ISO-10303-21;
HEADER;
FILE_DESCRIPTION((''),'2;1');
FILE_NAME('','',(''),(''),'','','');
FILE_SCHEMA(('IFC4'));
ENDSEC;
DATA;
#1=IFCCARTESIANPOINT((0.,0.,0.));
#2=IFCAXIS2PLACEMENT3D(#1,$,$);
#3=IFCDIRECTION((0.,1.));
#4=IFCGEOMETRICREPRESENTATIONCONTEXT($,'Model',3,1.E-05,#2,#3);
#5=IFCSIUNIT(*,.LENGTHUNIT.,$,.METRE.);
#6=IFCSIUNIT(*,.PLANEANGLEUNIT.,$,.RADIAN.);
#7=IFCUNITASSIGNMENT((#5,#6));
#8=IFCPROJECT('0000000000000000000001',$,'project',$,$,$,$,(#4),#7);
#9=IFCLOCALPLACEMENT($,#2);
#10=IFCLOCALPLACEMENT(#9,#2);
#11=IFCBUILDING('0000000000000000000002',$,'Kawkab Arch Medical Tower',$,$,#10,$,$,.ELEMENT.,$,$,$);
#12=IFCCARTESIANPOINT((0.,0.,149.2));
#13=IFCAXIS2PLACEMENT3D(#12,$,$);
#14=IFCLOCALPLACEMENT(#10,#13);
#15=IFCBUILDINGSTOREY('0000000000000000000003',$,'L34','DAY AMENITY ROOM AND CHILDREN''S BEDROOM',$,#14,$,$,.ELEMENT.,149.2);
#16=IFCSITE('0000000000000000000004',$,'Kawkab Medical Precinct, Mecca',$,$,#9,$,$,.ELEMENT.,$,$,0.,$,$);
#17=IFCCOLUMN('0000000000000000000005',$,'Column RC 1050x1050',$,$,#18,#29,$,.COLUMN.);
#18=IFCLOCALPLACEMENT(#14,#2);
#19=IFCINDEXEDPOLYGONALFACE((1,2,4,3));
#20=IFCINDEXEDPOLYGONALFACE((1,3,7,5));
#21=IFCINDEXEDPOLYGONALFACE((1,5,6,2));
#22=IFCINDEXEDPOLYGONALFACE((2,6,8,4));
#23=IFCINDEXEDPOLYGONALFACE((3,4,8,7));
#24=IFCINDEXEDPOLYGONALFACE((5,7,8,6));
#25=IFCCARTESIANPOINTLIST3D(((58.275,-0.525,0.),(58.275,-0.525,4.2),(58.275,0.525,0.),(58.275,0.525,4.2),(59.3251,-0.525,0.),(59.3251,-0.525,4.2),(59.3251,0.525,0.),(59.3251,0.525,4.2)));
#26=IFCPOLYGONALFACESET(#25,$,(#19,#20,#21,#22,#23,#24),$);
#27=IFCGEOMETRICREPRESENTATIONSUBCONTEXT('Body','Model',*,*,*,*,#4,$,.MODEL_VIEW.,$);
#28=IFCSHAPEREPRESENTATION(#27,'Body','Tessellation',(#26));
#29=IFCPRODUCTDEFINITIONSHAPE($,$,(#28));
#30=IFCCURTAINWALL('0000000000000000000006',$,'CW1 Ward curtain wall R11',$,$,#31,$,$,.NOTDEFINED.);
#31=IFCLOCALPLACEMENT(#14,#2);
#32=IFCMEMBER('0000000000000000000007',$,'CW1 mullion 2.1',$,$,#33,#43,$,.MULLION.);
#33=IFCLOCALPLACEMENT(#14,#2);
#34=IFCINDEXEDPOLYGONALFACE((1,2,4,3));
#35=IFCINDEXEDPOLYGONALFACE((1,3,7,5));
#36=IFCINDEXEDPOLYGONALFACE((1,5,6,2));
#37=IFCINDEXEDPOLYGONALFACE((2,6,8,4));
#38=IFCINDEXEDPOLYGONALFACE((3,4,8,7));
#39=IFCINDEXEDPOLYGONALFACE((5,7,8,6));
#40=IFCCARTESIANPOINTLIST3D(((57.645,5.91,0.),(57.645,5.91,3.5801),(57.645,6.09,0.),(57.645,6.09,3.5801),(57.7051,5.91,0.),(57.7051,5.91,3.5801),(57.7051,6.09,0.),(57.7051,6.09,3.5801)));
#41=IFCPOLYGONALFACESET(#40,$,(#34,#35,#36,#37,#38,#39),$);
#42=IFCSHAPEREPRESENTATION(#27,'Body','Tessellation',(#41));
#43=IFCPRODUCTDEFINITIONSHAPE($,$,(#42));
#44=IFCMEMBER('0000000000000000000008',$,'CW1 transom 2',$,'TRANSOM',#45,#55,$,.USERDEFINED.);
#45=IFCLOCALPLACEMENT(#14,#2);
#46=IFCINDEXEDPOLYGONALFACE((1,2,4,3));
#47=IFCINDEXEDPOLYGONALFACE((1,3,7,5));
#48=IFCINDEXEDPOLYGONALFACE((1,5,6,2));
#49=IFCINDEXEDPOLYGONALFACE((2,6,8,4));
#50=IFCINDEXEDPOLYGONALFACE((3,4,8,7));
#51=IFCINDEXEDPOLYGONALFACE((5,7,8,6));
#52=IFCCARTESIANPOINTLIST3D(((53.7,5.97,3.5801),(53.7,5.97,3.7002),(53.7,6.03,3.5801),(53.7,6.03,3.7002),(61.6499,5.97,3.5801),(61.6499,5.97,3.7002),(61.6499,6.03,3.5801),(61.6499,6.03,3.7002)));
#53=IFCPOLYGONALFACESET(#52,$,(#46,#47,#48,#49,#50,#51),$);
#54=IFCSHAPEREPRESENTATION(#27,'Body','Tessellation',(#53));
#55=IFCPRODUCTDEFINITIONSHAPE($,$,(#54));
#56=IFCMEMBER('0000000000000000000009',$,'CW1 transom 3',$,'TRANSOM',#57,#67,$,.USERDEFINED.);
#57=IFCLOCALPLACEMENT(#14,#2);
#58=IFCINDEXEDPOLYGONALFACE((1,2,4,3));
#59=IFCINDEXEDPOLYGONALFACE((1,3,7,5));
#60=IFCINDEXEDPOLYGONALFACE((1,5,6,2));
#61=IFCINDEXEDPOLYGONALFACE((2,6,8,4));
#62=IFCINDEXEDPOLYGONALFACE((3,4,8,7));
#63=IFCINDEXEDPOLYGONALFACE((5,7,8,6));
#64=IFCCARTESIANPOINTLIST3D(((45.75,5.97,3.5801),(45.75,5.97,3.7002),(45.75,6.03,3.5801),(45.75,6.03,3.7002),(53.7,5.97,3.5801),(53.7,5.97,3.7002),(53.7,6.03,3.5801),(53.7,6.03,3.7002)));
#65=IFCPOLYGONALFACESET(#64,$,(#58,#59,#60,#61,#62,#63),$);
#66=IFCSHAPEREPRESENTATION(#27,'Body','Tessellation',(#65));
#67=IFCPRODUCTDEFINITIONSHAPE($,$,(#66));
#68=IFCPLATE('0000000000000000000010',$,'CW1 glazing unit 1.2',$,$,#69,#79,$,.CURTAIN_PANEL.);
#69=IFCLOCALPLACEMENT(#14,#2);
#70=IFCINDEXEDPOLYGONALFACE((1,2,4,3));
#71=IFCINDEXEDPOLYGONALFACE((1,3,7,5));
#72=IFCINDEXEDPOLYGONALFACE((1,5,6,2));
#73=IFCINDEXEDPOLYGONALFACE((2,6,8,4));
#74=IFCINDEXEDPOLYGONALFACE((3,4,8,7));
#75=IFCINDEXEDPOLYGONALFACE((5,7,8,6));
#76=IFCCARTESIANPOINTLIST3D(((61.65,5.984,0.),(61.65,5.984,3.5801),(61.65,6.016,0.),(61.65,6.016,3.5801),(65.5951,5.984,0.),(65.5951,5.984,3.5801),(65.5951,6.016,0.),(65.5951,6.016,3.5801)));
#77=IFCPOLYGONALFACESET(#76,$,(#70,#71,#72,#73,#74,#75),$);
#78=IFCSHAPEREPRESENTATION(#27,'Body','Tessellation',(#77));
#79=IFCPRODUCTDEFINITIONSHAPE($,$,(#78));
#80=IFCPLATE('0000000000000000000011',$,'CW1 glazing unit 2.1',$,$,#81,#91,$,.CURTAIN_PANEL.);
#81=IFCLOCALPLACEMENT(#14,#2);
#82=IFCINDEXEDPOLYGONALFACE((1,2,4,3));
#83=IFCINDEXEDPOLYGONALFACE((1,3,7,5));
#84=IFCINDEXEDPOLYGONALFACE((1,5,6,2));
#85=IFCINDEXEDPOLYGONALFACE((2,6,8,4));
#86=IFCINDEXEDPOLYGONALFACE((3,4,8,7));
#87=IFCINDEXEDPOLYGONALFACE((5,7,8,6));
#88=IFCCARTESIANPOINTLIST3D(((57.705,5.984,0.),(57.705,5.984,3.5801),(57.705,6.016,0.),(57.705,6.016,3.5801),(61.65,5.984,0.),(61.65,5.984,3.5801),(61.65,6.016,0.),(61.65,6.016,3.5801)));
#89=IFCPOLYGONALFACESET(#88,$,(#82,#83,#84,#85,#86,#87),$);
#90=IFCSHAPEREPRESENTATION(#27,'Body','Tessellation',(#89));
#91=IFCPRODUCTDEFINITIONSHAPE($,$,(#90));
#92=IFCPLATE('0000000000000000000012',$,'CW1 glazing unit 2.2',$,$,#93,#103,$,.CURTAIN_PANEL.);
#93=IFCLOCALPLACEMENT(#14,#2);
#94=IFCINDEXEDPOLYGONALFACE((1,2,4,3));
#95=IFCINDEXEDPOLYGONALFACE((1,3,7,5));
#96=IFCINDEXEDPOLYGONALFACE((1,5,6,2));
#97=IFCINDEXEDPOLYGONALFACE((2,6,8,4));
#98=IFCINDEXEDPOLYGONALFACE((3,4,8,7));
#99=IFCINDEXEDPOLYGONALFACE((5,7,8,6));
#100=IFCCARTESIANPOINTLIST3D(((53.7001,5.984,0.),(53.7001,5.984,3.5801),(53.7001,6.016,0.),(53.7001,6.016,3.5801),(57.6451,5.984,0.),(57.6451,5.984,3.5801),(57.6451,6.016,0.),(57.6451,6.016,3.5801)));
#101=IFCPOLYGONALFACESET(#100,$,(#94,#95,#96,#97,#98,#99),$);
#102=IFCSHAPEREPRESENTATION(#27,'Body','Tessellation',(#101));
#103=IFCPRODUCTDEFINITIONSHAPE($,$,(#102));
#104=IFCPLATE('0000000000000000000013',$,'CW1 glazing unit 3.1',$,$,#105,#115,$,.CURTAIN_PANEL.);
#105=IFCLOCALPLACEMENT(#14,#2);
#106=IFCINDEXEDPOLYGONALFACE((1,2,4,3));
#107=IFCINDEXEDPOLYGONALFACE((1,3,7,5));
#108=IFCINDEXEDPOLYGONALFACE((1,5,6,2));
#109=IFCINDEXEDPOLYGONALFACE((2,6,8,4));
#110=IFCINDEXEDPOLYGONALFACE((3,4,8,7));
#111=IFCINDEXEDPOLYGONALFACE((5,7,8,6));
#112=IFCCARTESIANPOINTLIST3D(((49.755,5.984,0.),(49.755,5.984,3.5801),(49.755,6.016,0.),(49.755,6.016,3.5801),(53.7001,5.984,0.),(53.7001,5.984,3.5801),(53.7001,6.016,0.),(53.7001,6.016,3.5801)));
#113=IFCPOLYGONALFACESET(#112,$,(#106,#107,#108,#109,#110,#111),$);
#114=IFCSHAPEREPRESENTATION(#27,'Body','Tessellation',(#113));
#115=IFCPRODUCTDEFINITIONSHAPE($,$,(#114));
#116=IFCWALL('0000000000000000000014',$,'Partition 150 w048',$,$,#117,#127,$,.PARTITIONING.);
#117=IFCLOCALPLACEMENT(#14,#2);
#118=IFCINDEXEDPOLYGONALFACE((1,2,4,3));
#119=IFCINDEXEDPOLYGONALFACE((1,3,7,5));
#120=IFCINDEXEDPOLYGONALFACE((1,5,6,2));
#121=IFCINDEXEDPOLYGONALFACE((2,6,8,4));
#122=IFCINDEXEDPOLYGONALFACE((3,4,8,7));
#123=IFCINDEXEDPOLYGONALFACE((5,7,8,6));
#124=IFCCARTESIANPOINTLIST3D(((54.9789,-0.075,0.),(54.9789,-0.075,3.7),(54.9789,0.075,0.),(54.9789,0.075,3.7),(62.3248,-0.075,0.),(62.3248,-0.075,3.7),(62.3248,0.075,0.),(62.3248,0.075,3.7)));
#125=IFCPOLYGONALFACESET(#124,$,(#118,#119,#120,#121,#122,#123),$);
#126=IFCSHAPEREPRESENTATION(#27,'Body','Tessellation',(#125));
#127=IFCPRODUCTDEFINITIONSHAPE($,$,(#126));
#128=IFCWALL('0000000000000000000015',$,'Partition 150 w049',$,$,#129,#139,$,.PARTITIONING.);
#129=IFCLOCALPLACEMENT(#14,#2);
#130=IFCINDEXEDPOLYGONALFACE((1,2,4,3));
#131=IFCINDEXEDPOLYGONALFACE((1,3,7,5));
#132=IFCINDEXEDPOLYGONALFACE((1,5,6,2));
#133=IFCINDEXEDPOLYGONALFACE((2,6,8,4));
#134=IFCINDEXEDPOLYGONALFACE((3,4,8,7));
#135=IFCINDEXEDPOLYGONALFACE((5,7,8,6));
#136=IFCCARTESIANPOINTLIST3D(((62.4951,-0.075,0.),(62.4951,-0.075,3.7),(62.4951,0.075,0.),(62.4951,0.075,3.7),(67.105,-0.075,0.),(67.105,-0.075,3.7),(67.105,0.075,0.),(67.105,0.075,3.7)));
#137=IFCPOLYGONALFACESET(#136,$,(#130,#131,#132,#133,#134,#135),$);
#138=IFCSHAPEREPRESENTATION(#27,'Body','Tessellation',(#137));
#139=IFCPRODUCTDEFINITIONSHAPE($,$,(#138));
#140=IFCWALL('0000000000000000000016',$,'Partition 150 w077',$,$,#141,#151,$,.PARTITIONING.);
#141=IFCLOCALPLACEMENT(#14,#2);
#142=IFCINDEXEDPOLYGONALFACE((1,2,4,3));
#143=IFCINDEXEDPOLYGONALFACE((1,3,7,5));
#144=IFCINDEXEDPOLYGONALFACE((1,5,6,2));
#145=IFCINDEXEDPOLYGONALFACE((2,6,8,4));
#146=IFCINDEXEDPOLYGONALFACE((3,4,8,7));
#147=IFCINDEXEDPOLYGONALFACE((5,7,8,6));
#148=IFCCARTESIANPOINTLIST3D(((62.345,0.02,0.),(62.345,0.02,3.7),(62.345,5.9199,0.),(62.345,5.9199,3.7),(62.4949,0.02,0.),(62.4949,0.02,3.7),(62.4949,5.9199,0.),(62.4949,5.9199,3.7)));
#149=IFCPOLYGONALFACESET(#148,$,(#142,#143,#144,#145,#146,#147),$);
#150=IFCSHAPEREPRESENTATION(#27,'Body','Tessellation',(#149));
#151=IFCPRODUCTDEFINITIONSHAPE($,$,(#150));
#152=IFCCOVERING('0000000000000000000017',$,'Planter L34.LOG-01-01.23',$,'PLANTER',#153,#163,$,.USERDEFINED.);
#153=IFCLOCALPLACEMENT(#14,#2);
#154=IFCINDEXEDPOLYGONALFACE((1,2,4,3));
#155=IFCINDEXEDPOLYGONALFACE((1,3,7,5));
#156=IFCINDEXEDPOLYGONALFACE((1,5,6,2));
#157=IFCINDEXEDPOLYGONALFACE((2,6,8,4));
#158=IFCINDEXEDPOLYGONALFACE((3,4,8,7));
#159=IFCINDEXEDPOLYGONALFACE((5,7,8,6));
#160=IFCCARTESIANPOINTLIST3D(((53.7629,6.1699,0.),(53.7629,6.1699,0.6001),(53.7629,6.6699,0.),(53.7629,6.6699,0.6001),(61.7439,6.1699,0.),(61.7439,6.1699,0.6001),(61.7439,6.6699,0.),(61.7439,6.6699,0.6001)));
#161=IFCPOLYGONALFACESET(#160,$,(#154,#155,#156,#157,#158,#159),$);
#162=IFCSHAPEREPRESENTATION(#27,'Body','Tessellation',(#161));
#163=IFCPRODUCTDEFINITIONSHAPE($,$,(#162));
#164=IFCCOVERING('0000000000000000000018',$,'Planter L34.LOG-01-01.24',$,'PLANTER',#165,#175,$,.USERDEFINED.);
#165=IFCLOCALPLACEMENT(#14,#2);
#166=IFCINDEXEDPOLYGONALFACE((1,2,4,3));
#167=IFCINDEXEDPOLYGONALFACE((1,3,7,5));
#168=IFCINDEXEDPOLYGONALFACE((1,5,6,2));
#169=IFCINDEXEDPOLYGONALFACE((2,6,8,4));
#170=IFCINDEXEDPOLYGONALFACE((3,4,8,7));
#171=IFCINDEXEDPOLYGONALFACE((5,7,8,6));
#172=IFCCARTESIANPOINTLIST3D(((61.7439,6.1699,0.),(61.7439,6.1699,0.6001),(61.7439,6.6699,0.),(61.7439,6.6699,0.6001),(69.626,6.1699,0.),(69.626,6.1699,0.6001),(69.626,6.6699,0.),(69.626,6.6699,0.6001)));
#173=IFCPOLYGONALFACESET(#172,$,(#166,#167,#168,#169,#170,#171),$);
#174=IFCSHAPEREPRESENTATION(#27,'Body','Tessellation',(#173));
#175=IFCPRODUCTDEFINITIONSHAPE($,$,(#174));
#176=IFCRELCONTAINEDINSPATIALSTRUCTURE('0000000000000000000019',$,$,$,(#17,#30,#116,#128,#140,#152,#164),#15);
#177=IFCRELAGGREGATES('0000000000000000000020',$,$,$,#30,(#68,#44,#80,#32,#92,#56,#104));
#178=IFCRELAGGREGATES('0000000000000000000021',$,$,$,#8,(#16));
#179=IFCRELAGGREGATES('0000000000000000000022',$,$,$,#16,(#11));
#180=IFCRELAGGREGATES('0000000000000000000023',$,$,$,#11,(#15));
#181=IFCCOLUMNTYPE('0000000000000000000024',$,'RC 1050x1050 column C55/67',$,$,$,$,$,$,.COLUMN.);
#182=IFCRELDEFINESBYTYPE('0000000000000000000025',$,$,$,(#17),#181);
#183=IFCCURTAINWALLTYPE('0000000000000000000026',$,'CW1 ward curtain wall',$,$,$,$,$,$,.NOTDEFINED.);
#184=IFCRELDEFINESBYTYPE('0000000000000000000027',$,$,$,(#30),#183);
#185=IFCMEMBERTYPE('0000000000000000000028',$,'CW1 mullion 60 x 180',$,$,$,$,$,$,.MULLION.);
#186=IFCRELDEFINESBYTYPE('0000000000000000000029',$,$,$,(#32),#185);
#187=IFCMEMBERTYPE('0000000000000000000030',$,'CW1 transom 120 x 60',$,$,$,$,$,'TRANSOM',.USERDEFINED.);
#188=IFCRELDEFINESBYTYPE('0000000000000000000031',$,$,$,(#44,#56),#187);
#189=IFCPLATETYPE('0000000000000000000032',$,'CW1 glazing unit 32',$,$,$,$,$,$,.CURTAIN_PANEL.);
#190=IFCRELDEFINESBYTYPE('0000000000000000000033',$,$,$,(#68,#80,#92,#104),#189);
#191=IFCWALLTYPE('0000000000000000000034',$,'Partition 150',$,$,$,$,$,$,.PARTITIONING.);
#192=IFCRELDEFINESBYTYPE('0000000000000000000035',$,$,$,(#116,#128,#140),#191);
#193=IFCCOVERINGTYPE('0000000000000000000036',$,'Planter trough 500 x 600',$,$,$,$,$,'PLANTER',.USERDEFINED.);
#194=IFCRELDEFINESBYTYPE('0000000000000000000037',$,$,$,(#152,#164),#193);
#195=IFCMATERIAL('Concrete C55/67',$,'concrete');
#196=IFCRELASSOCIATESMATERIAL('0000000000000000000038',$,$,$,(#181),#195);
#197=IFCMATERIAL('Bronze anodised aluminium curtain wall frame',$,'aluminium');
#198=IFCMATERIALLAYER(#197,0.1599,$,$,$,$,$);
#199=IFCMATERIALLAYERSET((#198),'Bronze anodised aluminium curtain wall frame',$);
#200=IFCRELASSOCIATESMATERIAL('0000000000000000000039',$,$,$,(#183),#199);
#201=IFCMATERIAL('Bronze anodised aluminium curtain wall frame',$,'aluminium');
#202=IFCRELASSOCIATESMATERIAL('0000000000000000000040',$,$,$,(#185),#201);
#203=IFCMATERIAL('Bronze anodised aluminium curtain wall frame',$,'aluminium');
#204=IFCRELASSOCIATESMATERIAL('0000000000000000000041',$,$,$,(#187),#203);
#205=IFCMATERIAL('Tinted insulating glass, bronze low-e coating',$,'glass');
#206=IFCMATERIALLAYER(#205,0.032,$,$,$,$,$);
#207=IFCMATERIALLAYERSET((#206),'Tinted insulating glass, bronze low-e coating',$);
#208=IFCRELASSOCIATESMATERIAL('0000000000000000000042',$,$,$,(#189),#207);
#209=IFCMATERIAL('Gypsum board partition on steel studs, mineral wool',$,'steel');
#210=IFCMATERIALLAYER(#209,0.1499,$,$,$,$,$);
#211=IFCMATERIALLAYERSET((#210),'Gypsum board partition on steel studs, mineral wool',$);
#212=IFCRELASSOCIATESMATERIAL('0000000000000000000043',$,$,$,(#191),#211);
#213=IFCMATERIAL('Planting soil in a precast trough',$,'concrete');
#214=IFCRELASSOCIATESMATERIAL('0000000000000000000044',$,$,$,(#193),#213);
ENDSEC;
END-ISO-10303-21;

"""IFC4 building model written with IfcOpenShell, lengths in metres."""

from ifc_helpers import new_model, si_unit, direction, frame, frame_2d, origin, origin_2d, place, context, subcontext, project, spatial, rectangle, extrude, material, layer, layer_set, material_profile, profile_set, type_object, element, aggregate, save


model = new_model("IFC4")

# Units and contexts
model_context = context("Model", 3, precision=1e-05, world=origin(), true_north=direction((0.0, 1.0)))
body_context = subcontext(model_context, "Body", "Model", "MODEL_VIEW")
ifc_project = project(units=[si_unit("LENGTHUNIT", "METRE"), si_unit("PLANEANGLEUNIT", "RADIAN")], contexts=[model_context])

# Site, building, storey
site_placement = place(None, origin())
site = spatial("IfcSite", under=ifc_project, at=site_placement, Name="Kawkab Medical Precinct, Mecca", CompositionType="ELEMENT", RefElevation=0.0)
building_placement = place(site_placement, origin())
building = spatial("IfcBuilding", under=site, at=building_placement, Name="Kawkab Arch Medical Tower", CompositionType="ELEMENT")
storey_placement = place(building_placement, frame((0.0, 0.0, 149.2)))
storey = spatial("IfcBuildingStorey", under=building, at=storey_placement, Name="L34", Description="DAY AMENITY ROOM AND CHILDREN'S BEDROOM", CompositionType="ELEMENT", Elevation=149.2)

# Column
ifc_material_1 = material(Name="Concrete C55/67", Category="concrete")
ifc_material_profile_1 = material_profile(ifc_material_1, rectangle(XDim=1.05, YDim=1.05, at=origin_2d()), Name="RC 1050x1050")
ifc_profile_set_1 = profile_set([ifc_material_profile_1], Name="Concrete C55/67")
column_type = type_object("IfcColumnType", Name="RC 1050x1050 column C55/67", PredefinedType="COLUMN", material=ifc_profile_set_1)
column_placement = place(storey_placement, frame((58.8, 0.0, 0.0), z_axis=(0.0, 0.0, 1.0), x_axis=(1.0, 0.0, 0.0)))
element("IfcColumn", 1, at=column_placement, inside=storey, type_object=column_type, Name="Column RC 1050x1050", PredefinedType="COLUMN", context=body_context, shape_type="SweptSolid", body=[
    extrude(rectangle(XDim=1.05, YDim=1.05, at=origin_2d()), origin(), (0.0, 0.0, 1.0), 4.2),
])

# Curtain wall, members, plates
ifc_material_2 = material(Name="Bronze anodised aluminium curtain wall frame", Category="aluminium")
ifc_layer_1 = layer(ifc_material_2, 0.1599)
ifc_layer_set_1 = layer_set([ifc_layer_1], Name="Bronze anodised aluminium curtain wall frame")
curtain_wall_type = type_object("IfcCurtainWallType", Name="CW1 ward curtain wall", PredefinedType="NOTDEFINED", material=ifc_layer_set_1)
curtain_wall_placement = place(storey_placement, origin())
curtain_wall = element("IfcCurtainWall", 2, at=curtain_wall_placement, inside=storey, type_object=curtain_wall_type, Name="CW1 Ward curtain wall R11", PredefinedType="NOTDEFINED")
ifc_material_3 = material(Name="Bronze anodised aluminium curtain wall frame", Category="aluminium")
ifc_material_profile_2 = material_profile(ifc_material_3, rectangle(XDim=0.1799, YDim=0.0601, at=origin_2d()), Name="AL 60x180")
ifc_profile_set_2 = profile_set([ifc_material_profile_2], Name="Bronze anodised aluminium curtain wall frame")
member_type_1 = type_object("IfcMemberType", Name="CW1 mullion 60 x 180", PredefinedType="MULLION", material=ifc_profile_set_2)
member_1_placement = place(storey_placement, frame((57.675, 6.0, 0.0), z_axis=(0.0, 0.0, 1.0), x_axis=(0.0, -1.0, 0.0)))
member_1 = element("IfcMember", 3, at=member_1_placement, type_object=member_type_1, Name="CW1 mullion 2.1", PredefinedType="MULLION", context=body_context, shape_type="SweptSolid", body=[
    extrude(rectangle(XDim=0.1799, YDim=0.0601, at=origin_2d()), origin(), (0.0, 0.0, 1.0), 3.5801),
])
ifc_material_4 = material(Name="Bronze anodised aluminium curtain wall frame", Category="aluminium")
ifc_material_profile_3 = material_profile(ifc_material_4, rectangle(XDim=0.0601, YDim=0.1201, at=origin_2d()), Name="AL 60x120")
ifc_profile_set_3 = profile_set([ifc_material_profile_3], Name="Bronze anodised aluminium curtain wall frame")
member_type_2 = type_object("IfcMemberType", Name="CW1 transom 120 x 60", ElementType="TRANSOM", PredefinedType="USERDEFINED", material=ifc_profile_set_3)
member_2_placement = place(storey_placement, frame((61.6499, 6.0, 3.6401), z_axis=(-1.0, 0.0, 0.0), x_axis=(0.0, -1.0, 0.0)))
member_2 = element("IfcMember", 4, at=member_2_placement, type_object=member_type_2, Name="CW1 transom 2", ObjectType="TRANSOM", PredefinedType="USERDEFINED", context=body_context, shape_type="SweptSolid", body=[
    extrude(rectangle(XDim=0.0601, YDim=0.1201, at=origin_2d()), origin(), (0.0, 0.0, 1.0), 7.95),
])
member_3_placement = place(storey_placement, frame((53.7, 6.0, 3.6401), z_axis=(-1.0, 0.0, 0.0), x_axis=(0.0, -1.0, 0.0)))
member_3 = element("IfcMember", 5, at=member_3_placement, type_object=member_type_2, Name="CW1 transom 3", ObjectType="TRANSOM", PredefinedType="USERDEFINED", context=body_context, shape_type="SweptSolid", body=[
    extrude(rectangle(XDim=0.0601, YDim=0.1201, at=origin_2d()), origin(), (0.0, 0.0, 1.0), 7.95),
])
ifc_material_5 = material(Name="Tinted insulating glass, bronze low-e coating", Category="glass")
ifc_layer_2 = layer(ifc_material_5, 0.032)
ifc_layer_set_2 = layer_set([ifc_layer_2], Name="Tinted insulating glass, bronze low-e coating")
plate_type = type_object("IfcPlateType", Name="CW1 glazing unit 32", PredefinedType="CURTAIN_PANEL", material=ifc_layer_set_2)
plate_1_placement = place(storey_placement, frame((63.6226, 6.0, 0.0), z_axis=(0.0, 0.0, 1.0), x_axis=(-1.0, 0.0, 0.0)))
plate_1 = element("IfcPlate", 6, at=plate_1_placement, type_object=plate_type, Name="CW1 glazing unit 1.2", PredefinedType="CURTAIN_PANEL", context=body_context, shape_type="SweptSolid", body=[
    extrude(rectangle(XDim=3.9451, YDim=0.032, at=origin_2d()), origin(), (0.0, 0.0, 1.0), 3.5801),
])
plate_2_placement = place(storey_placement, frame((59.6775, 6.0, 0.0), z_axis=(0.0, 0.0, 1.0), x_axis=(-1.0, 0.0, 0.0)))
plate_2 = element("IfcPlate", 7, at=plate_2_placement, type_object=plate_type, Name="CW1 glazing unit 2.1", PredefinedType="CURTAIN_PANEL", context=body_context, shape_type="SweptSolid", body=[
    extrude(rectangle(XDim=3.9451, YDim=0.032, at=origin_2d()), origin(), (0.0, 0.0, 1.0), 3.5801),
])
plate_3_placement = place(storey_placement, frame((55.6726, 6.0, 0.0), z_axis=(0.0, 0.0, 1.0), x_axis=(-1.0, 0.0, 0.0)))
plate_3 = element("IfcPlate", 8, at=plate_3_placement, type_object=plate_type, Name="CW1 glazing unit 2.2", PredefinedType="CURTAIN_PANEL", context=body_context, shape_type="SweptSolid", body=[
    extrude(rectangle(XDim=3.9451, YDim=0.032, at=origin_2d()), origin(), (0.0, 0.0, 1.0), 3.5801),
])
plate_4_placement = place(storey_placement, frame((51.7275, 6.0, 0.0), z_axis=(0.0, 0.0, 1.0), x_axis=(-1.0, 0.0, 0.0)))
plate_4 = element("IfcPlate", 9, at=plate_4_placement, type_object=plate_type, Name="CW1 glazing unit 3.1", PredefinedType="CURTAIN_PANEL", context=body_context, shape_type="SweptSolid", body=[
    extrude(rectangle(XDim=3.9451, YDim=0.032, at=origin_2d()), origin(), (0.0, 0.0, 1.0), 3.5801),
])
aggregate(curtain_wall, [plate_1, member_2, plate_2, member_1, plate_3, member_3, plate_4])

# Walls
ifc_material_6 = material(Name="Gypsum board partition on steel studs, mineral wool", Category="steel")
ifc_layer_3 = layer(ifc_material_6, 0.1499)
ifc_layer_set_3 = layer_set([ifc_layer_3], Name="Gypsum board partition on steel studs, mineral wool")
wall_type = type_object("IfcWallType", Name="Partition 150", PredefinedType="PARTITIONING", material=ifc_layer_set_3)
wall_1_placement = place(storey_placement, frame((54.979, 0.0, 0.0), z_axis=(0.0, 0.0, 1.0), x_axis=(1.0, 0.0, 0.0)))
element("IfcWall", 10, at=wall_1_placement, inside=storey, type_object=wall_type, Name="Partition 150 w048", PredefinedType="PARTITIONING", context=body_context, shape_type="SweptSolid", body=[
    extrude(rectangle(XDim=7.3459, YDim=0.1499, at=frame_2d((3.6729, 0.0))), origin(), (0.0, 0.0, 1.0), 3.7),
])
wall_2_placement = place(storey_placement, frame((62.4951, 0.0, 0.0), z_axis=(0.0, 0.0, 1.0), x_axis=(1.0, 0.0, 0.0)))
element("IfcWall", 11, at=wall_2_placement, inside=storey, type_object=wall_type, Name="Partition 150 w049", PredefinedType="PARTITIONING", context=body_context, shape_type="SweptSolid", body=[
    extrude(rectangle(XDim=4.6099, YDim=0.1499, at=frame_2d((2.3049, 0.0))), origin(), (0.0, 0.0, 1.0), 3.7),
])
wall_3_placement = place(storey_placement, frame((62.4199, 0.02, 0.0), z_axis=(0.0, 0.0, 1.0), x_axis=(0.0, 1.0, 0.0)))
element("IfcWall", 12, at=wall_3_placement, inside=storey, type_object=wall_type, Name="Partition 150 w077", PredefinedType="PARTITIONING", context=body_context, shape_type="SweptSolid", body=[
    extrude(rectangle(XDim=5.8999, YDim=0.1499, at=frame_2d((2.95, 0.0))), origin(), (0.0, 0.0, 1.0), 3.7),
])

# Coverings
ifc_material_7 = material(Name="Planting soil in a precast trough", Category="concrete")
ifc_material_profile_4 = material_profile(ifc_material_7, rectangle(XDim=0.5, YDim=0.6001, at=origin_2d()), Name="Trough 500x600")
ifc_profile_set_4 = profile_set([ifc_material_profile_4], Name="Planting soil in a precast trough")
covering_type = type_object("IfcCoveringType", Name="Planter trough 500 x 600", ElementType="PLANTER", PredefinedType="USERDEFINED", material=ifc_profile_set_4)
covering_1_placement = place(storey_placement, frame((53.7629, 6.4199, 0.3), z_axis=(1.0, 0.0, 0.0), x_axis=(0.0, 1.0, 0.0)))
element("IfcCovering", 13, at=covering_1_placement, inside=storey, type_object=covering_type, Name="Planter L34.LOG-01-01.23", ObjectType="PLANTER", PredefinedType="USERDEFINED", context=body_context, shape_type="SweptSolid", body=[
    extrude(rectangle(XDim=0.5, YDim=0.6001, at=origin_2d()), origin(), (0.0, 0.0, 1.0), 7.981),
])
covering_2_placement = place(storey_placement, frame((61.7439, 6.4199, 0.3), z_axis=(1.0, 0.0, 0.0), x_axis=(0.0, 1.0, 0.0)))
element("IfcCovering", 14, at=covering_2_placement, inside=storey, type_object=covering_type, Name="Planter L34.LOG-01-01.24", ObjectType="PLANTER", PredefinedType="USERDEFINED", context=body_context, shape_type="SweptSolid", body=[
    extrude(rectangle(XDim=0.5, YDim=0.6001, at=origin_2d()), origin(), (0.0, 0.0, 1.0), 7.8821),
])

save(model, "model.ifc")
